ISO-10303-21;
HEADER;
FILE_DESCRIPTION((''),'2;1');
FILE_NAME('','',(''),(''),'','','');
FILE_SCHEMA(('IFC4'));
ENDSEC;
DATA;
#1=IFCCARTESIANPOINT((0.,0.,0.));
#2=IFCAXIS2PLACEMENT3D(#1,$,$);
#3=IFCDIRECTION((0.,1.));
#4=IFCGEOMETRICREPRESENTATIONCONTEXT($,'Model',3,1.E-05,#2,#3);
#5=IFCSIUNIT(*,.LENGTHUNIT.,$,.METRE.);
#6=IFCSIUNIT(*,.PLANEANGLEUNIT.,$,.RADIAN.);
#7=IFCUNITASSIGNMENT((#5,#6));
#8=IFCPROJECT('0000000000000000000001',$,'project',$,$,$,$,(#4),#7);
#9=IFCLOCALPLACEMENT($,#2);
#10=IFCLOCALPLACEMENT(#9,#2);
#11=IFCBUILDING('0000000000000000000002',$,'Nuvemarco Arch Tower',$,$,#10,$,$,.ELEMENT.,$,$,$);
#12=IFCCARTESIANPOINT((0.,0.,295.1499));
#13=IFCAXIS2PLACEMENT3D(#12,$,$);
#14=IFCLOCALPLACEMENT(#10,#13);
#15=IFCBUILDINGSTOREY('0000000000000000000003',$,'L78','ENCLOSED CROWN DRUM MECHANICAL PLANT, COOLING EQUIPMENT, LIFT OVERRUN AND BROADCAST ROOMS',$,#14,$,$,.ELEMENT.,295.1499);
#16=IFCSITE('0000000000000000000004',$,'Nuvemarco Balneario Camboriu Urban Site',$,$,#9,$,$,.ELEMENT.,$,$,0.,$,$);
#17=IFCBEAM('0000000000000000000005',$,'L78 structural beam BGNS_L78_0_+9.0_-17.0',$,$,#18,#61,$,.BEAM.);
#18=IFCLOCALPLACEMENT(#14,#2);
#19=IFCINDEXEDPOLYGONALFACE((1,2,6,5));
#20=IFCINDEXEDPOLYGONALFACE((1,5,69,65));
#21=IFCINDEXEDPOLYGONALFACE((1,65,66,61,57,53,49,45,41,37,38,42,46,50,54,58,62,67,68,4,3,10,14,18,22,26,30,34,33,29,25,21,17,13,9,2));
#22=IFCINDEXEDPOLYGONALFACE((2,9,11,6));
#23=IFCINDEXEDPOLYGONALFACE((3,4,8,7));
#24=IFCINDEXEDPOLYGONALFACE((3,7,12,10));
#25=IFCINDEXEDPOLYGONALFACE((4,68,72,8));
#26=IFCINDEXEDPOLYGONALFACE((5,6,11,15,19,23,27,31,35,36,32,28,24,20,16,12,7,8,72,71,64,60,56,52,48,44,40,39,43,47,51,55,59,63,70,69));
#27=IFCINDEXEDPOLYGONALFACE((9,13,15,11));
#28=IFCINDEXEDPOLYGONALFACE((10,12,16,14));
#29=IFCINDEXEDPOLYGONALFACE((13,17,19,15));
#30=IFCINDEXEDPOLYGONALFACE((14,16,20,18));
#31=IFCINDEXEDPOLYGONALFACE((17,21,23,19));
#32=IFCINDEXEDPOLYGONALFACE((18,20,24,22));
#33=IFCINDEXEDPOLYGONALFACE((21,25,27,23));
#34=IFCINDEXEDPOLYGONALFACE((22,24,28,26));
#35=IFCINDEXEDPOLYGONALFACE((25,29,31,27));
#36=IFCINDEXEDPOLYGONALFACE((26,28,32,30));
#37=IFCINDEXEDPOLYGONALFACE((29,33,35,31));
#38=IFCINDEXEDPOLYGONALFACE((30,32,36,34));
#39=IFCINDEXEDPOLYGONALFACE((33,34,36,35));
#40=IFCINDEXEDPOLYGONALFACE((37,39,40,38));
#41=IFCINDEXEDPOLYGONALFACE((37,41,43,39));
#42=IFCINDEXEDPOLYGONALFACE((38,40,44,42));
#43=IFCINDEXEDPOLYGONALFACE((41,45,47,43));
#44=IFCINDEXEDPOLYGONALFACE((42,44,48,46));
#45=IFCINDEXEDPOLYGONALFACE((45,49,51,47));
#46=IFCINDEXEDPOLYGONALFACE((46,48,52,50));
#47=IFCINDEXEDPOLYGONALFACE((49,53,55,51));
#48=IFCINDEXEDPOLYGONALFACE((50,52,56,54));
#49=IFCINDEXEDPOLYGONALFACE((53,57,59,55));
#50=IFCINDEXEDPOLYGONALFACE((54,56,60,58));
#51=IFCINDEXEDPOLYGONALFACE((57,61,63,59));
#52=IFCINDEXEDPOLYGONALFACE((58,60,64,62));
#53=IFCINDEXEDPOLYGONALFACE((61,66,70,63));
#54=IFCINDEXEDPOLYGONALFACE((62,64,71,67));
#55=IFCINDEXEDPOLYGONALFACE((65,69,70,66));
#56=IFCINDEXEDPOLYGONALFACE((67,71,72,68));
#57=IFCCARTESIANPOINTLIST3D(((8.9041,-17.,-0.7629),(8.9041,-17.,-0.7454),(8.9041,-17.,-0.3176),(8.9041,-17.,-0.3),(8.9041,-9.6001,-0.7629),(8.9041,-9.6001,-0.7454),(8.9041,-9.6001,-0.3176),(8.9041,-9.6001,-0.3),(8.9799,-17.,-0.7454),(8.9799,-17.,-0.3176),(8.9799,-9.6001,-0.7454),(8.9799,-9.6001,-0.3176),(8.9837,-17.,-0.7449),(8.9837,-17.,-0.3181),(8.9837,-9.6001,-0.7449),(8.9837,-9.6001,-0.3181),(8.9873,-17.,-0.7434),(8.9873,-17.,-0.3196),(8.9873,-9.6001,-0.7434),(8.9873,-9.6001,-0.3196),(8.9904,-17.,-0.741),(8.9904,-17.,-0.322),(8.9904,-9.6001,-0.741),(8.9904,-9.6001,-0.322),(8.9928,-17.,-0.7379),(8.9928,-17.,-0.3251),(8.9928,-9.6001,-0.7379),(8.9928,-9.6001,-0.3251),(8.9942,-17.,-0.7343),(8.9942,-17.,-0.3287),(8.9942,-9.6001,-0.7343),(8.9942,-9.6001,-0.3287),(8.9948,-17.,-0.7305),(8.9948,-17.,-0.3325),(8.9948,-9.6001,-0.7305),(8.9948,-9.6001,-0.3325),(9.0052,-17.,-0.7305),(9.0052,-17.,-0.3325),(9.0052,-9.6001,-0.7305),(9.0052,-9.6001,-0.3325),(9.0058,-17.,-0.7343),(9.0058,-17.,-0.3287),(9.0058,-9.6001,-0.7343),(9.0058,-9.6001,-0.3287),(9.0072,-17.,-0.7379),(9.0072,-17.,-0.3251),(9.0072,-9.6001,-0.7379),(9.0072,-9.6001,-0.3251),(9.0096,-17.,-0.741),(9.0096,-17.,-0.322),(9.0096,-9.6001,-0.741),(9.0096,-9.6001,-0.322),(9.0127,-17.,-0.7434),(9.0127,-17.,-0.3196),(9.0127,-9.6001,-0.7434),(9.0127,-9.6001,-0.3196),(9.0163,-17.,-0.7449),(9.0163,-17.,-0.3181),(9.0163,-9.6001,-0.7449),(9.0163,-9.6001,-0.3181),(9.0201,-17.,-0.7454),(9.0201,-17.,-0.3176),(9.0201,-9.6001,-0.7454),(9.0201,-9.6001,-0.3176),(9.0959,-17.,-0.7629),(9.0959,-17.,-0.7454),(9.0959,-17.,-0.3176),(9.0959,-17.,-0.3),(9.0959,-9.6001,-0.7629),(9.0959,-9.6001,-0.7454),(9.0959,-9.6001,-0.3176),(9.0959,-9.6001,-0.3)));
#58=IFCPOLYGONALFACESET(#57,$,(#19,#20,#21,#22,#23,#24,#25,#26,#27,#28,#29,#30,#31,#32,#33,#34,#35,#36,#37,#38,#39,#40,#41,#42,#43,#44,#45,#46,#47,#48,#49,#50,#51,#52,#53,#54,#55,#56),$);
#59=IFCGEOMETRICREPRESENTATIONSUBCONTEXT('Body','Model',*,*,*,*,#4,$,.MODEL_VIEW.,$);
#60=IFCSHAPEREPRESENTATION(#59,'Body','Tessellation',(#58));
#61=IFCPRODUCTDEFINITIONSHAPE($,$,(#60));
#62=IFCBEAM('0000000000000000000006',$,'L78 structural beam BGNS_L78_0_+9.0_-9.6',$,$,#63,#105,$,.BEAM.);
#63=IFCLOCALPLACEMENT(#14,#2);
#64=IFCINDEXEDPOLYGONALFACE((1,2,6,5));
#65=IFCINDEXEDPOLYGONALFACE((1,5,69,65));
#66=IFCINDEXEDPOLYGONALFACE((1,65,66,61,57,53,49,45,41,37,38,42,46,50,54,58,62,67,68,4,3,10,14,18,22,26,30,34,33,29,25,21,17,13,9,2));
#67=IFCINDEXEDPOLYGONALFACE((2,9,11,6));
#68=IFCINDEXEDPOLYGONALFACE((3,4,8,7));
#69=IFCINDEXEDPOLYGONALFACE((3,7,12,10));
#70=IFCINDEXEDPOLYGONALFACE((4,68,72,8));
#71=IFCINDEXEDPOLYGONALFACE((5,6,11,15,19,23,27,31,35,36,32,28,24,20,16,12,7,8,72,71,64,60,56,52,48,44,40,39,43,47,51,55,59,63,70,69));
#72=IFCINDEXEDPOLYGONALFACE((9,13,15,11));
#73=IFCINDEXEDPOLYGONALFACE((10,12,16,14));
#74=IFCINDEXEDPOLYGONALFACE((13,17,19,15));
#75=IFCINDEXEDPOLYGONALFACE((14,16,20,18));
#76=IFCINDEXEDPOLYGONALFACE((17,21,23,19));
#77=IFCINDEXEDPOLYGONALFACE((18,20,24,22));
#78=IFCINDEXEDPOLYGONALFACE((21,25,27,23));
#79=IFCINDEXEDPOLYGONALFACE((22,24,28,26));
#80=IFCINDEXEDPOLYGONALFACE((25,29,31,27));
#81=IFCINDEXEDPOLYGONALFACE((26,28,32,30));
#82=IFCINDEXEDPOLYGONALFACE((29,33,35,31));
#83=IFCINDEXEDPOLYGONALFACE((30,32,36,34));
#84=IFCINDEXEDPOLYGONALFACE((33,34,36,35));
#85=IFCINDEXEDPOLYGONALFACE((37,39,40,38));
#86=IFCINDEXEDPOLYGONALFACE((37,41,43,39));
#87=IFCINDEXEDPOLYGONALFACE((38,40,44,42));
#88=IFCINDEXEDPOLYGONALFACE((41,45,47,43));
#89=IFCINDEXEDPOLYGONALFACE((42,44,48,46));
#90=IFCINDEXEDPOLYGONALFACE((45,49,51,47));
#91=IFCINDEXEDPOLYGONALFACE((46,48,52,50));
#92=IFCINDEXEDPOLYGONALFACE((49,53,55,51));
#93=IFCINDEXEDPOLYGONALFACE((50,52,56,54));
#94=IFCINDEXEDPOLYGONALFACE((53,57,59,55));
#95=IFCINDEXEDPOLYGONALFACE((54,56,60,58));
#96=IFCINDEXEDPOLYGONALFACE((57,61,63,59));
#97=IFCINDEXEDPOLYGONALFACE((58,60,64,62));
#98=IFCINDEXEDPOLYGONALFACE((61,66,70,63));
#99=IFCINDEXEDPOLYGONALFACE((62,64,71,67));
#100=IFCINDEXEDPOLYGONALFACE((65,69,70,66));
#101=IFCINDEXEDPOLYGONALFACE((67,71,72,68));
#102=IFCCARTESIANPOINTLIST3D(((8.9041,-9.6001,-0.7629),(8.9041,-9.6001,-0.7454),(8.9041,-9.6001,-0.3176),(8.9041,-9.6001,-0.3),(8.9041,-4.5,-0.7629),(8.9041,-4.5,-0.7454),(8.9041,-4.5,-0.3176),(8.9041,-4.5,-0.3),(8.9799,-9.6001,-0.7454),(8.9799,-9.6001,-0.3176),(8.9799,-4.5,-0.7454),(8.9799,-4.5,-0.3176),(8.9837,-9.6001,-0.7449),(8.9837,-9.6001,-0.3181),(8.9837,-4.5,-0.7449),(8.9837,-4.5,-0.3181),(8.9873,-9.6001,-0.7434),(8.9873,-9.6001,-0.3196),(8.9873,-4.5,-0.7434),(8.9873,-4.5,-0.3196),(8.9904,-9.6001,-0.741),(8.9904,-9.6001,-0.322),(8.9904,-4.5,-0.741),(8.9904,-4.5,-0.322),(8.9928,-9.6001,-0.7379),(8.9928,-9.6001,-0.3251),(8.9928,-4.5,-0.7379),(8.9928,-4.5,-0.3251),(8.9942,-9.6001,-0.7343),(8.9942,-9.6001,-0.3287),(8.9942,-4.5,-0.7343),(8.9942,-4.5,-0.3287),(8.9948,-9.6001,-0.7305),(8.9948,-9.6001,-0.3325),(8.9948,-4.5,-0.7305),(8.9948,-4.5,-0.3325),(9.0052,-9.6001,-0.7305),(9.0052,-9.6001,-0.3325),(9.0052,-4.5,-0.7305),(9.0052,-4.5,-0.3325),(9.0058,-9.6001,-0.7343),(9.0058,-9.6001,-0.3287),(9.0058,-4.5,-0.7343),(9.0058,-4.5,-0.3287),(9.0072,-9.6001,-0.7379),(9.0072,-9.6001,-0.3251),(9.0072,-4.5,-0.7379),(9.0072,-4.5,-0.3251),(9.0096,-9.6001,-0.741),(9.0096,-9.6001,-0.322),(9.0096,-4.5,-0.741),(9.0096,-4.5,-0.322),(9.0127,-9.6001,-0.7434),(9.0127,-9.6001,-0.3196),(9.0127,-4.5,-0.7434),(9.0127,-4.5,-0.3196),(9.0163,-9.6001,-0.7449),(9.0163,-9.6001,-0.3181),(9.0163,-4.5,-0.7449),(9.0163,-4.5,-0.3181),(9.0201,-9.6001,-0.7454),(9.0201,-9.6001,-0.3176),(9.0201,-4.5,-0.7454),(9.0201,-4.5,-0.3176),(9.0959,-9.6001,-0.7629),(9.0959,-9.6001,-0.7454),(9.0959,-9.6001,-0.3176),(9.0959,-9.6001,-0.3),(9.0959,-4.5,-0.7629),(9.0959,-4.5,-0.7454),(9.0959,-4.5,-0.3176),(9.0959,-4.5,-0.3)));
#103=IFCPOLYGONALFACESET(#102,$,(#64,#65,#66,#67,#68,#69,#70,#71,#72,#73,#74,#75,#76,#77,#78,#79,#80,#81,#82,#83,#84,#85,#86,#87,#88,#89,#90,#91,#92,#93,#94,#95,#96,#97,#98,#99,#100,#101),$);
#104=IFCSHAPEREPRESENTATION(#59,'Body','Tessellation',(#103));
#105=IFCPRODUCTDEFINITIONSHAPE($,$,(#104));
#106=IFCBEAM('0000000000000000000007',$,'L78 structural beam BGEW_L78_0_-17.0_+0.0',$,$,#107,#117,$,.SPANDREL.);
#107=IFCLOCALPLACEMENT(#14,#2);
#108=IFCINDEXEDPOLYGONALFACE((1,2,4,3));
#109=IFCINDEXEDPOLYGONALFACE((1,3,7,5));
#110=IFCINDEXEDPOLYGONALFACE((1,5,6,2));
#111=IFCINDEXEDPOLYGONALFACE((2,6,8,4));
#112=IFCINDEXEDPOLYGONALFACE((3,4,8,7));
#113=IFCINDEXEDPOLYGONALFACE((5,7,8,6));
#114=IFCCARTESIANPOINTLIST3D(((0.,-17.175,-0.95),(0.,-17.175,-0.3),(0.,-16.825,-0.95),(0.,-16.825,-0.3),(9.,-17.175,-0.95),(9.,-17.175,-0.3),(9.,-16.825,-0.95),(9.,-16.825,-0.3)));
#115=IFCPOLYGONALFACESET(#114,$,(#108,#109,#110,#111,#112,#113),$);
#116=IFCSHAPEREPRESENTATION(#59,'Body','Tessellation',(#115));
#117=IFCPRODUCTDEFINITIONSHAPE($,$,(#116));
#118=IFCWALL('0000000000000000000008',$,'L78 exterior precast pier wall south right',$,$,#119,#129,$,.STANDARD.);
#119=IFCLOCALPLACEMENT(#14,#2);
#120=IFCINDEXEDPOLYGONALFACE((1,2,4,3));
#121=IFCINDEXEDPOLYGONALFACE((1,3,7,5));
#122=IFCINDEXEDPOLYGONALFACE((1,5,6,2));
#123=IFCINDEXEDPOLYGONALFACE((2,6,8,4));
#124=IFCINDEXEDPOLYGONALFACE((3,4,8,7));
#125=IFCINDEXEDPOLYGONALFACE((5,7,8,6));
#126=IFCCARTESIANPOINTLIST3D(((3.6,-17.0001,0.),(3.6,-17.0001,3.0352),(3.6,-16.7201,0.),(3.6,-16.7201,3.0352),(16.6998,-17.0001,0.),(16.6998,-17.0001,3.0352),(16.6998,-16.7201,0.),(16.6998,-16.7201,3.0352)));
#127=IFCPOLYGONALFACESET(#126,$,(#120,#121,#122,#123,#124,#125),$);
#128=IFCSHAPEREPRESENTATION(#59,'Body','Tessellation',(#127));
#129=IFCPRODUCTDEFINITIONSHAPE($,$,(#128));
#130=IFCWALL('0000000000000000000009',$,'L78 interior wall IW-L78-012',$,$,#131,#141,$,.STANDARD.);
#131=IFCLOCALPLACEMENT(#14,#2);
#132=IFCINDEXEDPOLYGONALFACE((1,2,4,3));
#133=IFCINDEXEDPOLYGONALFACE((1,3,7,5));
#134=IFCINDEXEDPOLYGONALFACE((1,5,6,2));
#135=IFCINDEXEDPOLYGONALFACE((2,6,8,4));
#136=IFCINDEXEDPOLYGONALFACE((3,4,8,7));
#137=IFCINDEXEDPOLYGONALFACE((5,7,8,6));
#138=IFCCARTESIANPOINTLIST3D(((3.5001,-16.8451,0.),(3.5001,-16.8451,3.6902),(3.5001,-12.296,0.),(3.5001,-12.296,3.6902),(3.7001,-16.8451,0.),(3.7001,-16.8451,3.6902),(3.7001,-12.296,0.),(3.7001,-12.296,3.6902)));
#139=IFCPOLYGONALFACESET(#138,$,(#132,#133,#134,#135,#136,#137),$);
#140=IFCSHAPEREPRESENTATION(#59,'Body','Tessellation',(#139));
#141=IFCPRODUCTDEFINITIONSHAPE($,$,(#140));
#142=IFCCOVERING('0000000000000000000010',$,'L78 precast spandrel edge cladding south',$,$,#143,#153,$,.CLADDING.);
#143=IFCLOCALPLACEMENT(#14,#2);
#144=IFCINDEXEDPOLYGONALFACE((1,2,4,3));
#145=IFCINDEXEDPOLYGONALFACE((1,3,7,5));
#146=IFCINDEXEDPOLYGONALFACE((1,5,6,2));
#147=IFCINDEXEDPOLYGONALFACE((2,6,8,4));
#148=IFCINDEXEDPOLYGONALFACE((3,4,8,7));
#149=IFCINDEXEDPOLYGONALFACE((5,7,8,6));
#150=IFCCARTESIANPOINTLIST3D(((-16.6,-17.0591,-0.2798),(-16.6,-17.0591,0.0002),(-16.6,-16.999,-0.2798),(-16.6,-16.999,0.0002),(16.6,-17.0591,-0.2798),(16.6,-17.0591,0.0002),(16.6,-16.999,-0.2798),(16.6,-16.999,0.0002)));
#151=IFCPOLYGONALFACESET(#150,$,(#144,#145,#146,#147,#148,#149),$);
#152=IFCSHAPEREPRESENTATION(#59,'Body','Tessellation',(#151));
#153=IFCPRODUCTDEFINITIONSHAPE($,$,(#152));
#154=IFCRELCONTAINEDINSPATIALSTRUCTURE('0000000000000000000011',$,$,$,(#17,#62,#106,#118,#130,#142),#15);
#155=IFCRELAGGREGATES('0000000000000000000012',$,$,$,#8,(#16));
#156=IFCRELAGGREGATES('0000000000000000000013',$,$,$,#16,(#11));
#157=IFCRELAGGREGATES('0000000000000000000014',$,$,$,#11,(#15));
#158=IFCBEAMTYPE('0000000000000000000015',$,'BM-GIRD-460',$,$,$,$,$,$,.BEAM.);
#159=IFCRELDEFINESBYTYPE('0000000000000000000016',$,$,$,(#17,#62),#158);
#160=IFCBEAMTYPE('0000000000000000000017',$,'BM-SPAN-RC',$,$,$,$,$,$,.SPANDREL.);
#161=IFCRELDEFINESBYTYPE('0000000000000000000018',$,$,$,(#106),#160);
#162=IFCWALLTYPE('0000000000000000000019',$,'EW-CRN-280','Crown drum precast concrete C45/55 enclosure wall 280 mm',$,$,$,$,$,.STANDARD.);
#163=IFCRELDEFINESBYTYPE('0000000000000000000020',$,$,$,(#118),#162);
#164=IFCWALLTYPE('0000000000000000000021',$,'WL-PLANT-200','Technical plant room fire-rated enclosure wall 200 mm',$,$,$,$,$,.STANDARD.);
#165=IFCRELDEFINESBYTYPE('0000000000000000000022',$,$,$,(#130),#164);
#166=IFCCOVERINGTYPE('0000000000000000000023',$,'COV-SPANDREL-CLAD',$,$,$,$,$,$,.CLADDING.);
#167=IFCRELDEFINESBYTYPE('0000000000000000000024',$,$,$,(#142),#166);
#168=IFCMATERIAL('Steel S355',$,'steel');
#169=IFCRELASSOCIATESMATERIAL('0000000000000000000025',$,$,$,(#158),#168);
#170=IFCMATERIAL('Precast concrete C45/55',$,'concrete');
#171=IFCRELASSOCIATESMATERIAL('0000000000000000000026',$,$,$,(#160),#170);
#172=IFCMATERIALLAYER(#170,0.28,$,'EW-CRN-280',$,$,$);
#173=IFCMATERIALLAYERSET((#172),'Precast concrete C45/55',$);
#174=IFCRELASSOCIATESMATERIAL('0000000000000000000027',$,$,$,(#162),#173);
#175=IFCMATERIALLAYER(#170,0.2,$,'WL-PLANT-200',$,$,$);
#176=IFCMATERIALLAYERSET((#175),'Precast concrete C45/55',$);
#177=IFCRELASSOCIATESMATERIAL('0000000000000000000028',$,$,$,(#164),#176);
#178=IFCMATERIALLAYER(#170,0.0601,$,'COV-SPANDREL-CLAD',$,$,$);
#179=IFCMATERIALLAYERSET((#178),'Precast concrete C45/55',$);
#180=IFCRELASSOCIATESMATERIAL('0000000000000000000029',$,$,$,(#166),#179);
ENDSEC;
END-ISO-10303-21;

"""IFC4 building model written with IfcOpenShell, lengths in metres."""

from ifc_helpers import new_model, si_unit, direction, frame, frame_2d, origin, origin_2d, place, context, subcontext, project, spatial, rectangle, i_section, extrude, source, transform, mapped, material, layer, layer_set, material_profile, profile_set, type_object, type_shapes, element, save


model = new_model("IFC4")

# Units and contexts
model_context = context("Model", 3, precision=1e-05, world=origin(), true_north=direction((0.0, 1.0)))
body_context = subcontext(model_context, "Body", "Model", "MODEL_VIEW")
ifc_project = project(units=[si_unit("LENGTHUNIT", "METRE"), si_unit("PLANEANGLEUNIT", "RADIAN")], contexts=[model_context])

# Site, building, storey
site_placement = place(None, origin())
site = spatial("IfcSite", under=ifc_project, at=site_placement, Name="Nuvemarco Balneario Camboriu Urban Site", CompositionType="ELEMENT", RefElevation=0.0)
building_placement = place(site_placement, origin())
building = spatial("IfcBuilding", under=site, at=building_placement, Name="Nuvemarco Arch Tower", CompositionType="ELEMENT")
storey_placement = place(building_placement, frame((0.0, 0.0, 295.1499)))
storey = spatial("IfcBuildingStorey", under=building, at=storey_placement, Name="L78", Description="ENCLOSED CROWN DRUM MECHANICAL PLANT, COOLING EQUIPMENT, LIFT OVERRUN AND BROADCAST ROOMS", CompositionType="ELEMENT", Elevation=295.1499)

# Shared definitions
ifc_material_1 = material(Name="Steel S355", Category="steel")

# Beams
ifc_material_profile_1 = material_profile(ifc_material_1, i_section(OverallWidth=0.1919, OverallDepth=0.4629, WebThickness=0.0105, FlangeThickness=0.0176, FilletRadius=0.0149, at=origin_2d()), Name="W460x89")
ifc_profile_set_1 = profile_set([ifc_material_profile_1], Name="Steel S355")
beam_type_1 = type_object("IfcBeamType", Name="BM-GIRD-460", PredefinedType="BEAM", material=ifc_profile_set_1)
beam_1_placement = place(storey_placement, frame((9.0, -17.0, -0.5315), z_axis=(0.0, 1.0, 0.0), x_axis=(-1.0, 0.0, 0.0)))
element("IfcBeam", 1, at=beam_1_placement, inside=storey, type_object=beam_type_1, Name="L78 structural beam BGNS_L78_0_+9.0_-17.0", PredefinedType="BEAM", context=body_context, shape_type="SweptSolid", body=[
    extrude(i_section(OverallWidth=0.1919, OverallDepth=0.4629, WebThickness=0.0105, FlangeThickness=0.0176, FilletRadius=0.0149, at=origin_2d()), origin(), (0.0, 0.0, 1.0), 7.3999),
])
beam_2_placement = place(storey_placement, frame((9.0, -9.6001, -0.5315), z_axis=(0.0, 1.0, 0.0), x_axis=(-1.0, 0.0, 0.0)))
element("IfcBeam", 2, at=beam_2_placement, inside=storey, type_object=beam_type_1, Name="L78 structural beam BGNS_L78_0_+9.0_-9.6", PredefinedType="BEAM", context=body_context, shape_type="SweptSolid", body=[
    extrude(i_section(OverallWidth=0.1919, OverallDepth=0.4629, WebThickness=0.0105, FlangeThickness=0.0176, FilletRadius=0.0149, at=origin_2d()), origin(), (0.0, 0.0, 1.0), 5.1001),
])
ifc_material_2 = material(Name="Precast concrete C45/55", Category="concrete")
ifc_material_profile_2 = material_profile(ifc_material_2, rectangle(XDim=0.3501, YDim=0.6499, at=origin_2d()), Name="PC-SP-350x650")
ifc_profile_set_2 = profile_set([ifc_material_profile_2], Name="Precast concrete C45/55")
beam_type_2 = type_object("IfcBeamType", Name="BM-SPAN-RC", PredefinedType="SPANDREL", material=ifc_profile_set_2)
beam_3_placement = place(storey_placement, frame((0.0, -17.0, -0.625), z_axis=(1.0, 0.0, 0.0), x_axis=(0.0, 1.0, 0.0)))
element("IfcBeam", 3, at=beam_3_placement, inside=storey, type_object=beam_type_2, Name="L78 structural beam BGEW_L78_0_-17.0_+0.0", PredefinedType="SPANDREL", context=body_context, shape_type="SweptSolid", body=[
    extrude(rectangle(XDim=0.3501, YDim=0.6499, at=origin_2d()), origin(), (0.0, 0.0, 1.0), 9.0),
])

# Walls
ifc_layer_1 = layer(ifc_material_2, 0.28, Name="EW-CRN-280")
ifc_layer_set_1 = layer_set([ifc_layer_1], Name="Precast concrete C45/55")
wall_type_1 = type_object("IfcWallType", Name="EW-CRN-280", Description="Crown drum precast concrete C45/55 enclosure wall 280 mm", PredefinedType="STANDARD", material=ifc_layer_set_1)
wall_1_placement = place(storey_placement, frame((3.6001, -16.8601, 0.0), z_axis=(0.0, 0.0, 1.0), x_axis=(1.0, 0.0, 0.0)))
element("IfcWall", 4, at=wall_1_placement, inside=storey, type_object=wall_type_1, Name="L78 exterior precast pier wall south right", PredefinedType="STANDARD", context=body_context, shape_type="SweptSolid", body=[
    extrude(rectangle(XDim=13.0999, YDim=0.28, at=frame_2d((6.5498, 0.0))), origin(), (0.0, 0.0, 1.0), 3.0352),
])
ifc_layer_2 = layer(ifc_material_2, 0.2, Name="WL-PLANT-200")
ifc_layer_set_2 = layer_set([ifc_layer_2], Name="Precast concrete C45/55")
wall_type_2 = type_object("IfcWallType", Name="WL-PLANT-200", Description="Technical plant room fire-rated enclosure wall 200 mm", PredefinedType="STANDARD", material=ifc_layer_set_2)
wall_2_placement = place(storey_placement, frame((3.6001, -16.845, 0.0), z_axis=(0.0, 0.0, 1.0), x_axis=(0.0, 1.0, 0.0)))
element("IfcWall", 5, at=wall_2_placement, inside=storey, type_object=wall_type_2, Name="L78 interior wall IW-L78-012", PredefinedType="STANDARD", context=body_context, shape_type="SweptSolid", body=[
    extrude(rectangle(XDim=4.5491, YDim=0.2, at=frame_2d((2.2744, 0.0))), origin(), (0.0, 0.0, 1.0), 3.6902),
])

# Covering
ifc_layer_3 = layer(ifc_material_2, 0.0601, Name="COV-SPANDREL-CLAD")
ifc_layer_set_3 = layer_set([ifc_layer_3], Name="Precast concrete C45/55")
covering_type = type_object("IfcCoveringType", Name="COV-SPANDREL-CLAD", PredefinedType="CLADDING", material=ifc_layer_set_3)
shared_shape_1 = source(origin(), body_context, "Body", "SweptSolid", [
    extrude(rectangle(XDim=33.2, YDim=0.0601, at=origin_2d()), origin(), (0.0, 0.0, 1.0), 0.28),
])
type_shapes(covering_type, [shared_shape_1])
covering_placement = place(storey_placement, frame((0.0, -17.0291, -0.2798), z_axis=(0.0, 0.0, 1.0), x_axis=(1.0, 0.0, 0.0)))
element("IfcCovering", 6, at=covering_placement, inside=storey, type_object=covering_type, Name="L78 precast spandrel edge cladding south", PredefinedType="CLADDING", context=body_context, shape_type="MappedRepresentation", body=[
    mapped(shared_shape_1, transform((0.0, 0.0, 0.0), scale=1.0)),
])

save(model, "model.ifc")
